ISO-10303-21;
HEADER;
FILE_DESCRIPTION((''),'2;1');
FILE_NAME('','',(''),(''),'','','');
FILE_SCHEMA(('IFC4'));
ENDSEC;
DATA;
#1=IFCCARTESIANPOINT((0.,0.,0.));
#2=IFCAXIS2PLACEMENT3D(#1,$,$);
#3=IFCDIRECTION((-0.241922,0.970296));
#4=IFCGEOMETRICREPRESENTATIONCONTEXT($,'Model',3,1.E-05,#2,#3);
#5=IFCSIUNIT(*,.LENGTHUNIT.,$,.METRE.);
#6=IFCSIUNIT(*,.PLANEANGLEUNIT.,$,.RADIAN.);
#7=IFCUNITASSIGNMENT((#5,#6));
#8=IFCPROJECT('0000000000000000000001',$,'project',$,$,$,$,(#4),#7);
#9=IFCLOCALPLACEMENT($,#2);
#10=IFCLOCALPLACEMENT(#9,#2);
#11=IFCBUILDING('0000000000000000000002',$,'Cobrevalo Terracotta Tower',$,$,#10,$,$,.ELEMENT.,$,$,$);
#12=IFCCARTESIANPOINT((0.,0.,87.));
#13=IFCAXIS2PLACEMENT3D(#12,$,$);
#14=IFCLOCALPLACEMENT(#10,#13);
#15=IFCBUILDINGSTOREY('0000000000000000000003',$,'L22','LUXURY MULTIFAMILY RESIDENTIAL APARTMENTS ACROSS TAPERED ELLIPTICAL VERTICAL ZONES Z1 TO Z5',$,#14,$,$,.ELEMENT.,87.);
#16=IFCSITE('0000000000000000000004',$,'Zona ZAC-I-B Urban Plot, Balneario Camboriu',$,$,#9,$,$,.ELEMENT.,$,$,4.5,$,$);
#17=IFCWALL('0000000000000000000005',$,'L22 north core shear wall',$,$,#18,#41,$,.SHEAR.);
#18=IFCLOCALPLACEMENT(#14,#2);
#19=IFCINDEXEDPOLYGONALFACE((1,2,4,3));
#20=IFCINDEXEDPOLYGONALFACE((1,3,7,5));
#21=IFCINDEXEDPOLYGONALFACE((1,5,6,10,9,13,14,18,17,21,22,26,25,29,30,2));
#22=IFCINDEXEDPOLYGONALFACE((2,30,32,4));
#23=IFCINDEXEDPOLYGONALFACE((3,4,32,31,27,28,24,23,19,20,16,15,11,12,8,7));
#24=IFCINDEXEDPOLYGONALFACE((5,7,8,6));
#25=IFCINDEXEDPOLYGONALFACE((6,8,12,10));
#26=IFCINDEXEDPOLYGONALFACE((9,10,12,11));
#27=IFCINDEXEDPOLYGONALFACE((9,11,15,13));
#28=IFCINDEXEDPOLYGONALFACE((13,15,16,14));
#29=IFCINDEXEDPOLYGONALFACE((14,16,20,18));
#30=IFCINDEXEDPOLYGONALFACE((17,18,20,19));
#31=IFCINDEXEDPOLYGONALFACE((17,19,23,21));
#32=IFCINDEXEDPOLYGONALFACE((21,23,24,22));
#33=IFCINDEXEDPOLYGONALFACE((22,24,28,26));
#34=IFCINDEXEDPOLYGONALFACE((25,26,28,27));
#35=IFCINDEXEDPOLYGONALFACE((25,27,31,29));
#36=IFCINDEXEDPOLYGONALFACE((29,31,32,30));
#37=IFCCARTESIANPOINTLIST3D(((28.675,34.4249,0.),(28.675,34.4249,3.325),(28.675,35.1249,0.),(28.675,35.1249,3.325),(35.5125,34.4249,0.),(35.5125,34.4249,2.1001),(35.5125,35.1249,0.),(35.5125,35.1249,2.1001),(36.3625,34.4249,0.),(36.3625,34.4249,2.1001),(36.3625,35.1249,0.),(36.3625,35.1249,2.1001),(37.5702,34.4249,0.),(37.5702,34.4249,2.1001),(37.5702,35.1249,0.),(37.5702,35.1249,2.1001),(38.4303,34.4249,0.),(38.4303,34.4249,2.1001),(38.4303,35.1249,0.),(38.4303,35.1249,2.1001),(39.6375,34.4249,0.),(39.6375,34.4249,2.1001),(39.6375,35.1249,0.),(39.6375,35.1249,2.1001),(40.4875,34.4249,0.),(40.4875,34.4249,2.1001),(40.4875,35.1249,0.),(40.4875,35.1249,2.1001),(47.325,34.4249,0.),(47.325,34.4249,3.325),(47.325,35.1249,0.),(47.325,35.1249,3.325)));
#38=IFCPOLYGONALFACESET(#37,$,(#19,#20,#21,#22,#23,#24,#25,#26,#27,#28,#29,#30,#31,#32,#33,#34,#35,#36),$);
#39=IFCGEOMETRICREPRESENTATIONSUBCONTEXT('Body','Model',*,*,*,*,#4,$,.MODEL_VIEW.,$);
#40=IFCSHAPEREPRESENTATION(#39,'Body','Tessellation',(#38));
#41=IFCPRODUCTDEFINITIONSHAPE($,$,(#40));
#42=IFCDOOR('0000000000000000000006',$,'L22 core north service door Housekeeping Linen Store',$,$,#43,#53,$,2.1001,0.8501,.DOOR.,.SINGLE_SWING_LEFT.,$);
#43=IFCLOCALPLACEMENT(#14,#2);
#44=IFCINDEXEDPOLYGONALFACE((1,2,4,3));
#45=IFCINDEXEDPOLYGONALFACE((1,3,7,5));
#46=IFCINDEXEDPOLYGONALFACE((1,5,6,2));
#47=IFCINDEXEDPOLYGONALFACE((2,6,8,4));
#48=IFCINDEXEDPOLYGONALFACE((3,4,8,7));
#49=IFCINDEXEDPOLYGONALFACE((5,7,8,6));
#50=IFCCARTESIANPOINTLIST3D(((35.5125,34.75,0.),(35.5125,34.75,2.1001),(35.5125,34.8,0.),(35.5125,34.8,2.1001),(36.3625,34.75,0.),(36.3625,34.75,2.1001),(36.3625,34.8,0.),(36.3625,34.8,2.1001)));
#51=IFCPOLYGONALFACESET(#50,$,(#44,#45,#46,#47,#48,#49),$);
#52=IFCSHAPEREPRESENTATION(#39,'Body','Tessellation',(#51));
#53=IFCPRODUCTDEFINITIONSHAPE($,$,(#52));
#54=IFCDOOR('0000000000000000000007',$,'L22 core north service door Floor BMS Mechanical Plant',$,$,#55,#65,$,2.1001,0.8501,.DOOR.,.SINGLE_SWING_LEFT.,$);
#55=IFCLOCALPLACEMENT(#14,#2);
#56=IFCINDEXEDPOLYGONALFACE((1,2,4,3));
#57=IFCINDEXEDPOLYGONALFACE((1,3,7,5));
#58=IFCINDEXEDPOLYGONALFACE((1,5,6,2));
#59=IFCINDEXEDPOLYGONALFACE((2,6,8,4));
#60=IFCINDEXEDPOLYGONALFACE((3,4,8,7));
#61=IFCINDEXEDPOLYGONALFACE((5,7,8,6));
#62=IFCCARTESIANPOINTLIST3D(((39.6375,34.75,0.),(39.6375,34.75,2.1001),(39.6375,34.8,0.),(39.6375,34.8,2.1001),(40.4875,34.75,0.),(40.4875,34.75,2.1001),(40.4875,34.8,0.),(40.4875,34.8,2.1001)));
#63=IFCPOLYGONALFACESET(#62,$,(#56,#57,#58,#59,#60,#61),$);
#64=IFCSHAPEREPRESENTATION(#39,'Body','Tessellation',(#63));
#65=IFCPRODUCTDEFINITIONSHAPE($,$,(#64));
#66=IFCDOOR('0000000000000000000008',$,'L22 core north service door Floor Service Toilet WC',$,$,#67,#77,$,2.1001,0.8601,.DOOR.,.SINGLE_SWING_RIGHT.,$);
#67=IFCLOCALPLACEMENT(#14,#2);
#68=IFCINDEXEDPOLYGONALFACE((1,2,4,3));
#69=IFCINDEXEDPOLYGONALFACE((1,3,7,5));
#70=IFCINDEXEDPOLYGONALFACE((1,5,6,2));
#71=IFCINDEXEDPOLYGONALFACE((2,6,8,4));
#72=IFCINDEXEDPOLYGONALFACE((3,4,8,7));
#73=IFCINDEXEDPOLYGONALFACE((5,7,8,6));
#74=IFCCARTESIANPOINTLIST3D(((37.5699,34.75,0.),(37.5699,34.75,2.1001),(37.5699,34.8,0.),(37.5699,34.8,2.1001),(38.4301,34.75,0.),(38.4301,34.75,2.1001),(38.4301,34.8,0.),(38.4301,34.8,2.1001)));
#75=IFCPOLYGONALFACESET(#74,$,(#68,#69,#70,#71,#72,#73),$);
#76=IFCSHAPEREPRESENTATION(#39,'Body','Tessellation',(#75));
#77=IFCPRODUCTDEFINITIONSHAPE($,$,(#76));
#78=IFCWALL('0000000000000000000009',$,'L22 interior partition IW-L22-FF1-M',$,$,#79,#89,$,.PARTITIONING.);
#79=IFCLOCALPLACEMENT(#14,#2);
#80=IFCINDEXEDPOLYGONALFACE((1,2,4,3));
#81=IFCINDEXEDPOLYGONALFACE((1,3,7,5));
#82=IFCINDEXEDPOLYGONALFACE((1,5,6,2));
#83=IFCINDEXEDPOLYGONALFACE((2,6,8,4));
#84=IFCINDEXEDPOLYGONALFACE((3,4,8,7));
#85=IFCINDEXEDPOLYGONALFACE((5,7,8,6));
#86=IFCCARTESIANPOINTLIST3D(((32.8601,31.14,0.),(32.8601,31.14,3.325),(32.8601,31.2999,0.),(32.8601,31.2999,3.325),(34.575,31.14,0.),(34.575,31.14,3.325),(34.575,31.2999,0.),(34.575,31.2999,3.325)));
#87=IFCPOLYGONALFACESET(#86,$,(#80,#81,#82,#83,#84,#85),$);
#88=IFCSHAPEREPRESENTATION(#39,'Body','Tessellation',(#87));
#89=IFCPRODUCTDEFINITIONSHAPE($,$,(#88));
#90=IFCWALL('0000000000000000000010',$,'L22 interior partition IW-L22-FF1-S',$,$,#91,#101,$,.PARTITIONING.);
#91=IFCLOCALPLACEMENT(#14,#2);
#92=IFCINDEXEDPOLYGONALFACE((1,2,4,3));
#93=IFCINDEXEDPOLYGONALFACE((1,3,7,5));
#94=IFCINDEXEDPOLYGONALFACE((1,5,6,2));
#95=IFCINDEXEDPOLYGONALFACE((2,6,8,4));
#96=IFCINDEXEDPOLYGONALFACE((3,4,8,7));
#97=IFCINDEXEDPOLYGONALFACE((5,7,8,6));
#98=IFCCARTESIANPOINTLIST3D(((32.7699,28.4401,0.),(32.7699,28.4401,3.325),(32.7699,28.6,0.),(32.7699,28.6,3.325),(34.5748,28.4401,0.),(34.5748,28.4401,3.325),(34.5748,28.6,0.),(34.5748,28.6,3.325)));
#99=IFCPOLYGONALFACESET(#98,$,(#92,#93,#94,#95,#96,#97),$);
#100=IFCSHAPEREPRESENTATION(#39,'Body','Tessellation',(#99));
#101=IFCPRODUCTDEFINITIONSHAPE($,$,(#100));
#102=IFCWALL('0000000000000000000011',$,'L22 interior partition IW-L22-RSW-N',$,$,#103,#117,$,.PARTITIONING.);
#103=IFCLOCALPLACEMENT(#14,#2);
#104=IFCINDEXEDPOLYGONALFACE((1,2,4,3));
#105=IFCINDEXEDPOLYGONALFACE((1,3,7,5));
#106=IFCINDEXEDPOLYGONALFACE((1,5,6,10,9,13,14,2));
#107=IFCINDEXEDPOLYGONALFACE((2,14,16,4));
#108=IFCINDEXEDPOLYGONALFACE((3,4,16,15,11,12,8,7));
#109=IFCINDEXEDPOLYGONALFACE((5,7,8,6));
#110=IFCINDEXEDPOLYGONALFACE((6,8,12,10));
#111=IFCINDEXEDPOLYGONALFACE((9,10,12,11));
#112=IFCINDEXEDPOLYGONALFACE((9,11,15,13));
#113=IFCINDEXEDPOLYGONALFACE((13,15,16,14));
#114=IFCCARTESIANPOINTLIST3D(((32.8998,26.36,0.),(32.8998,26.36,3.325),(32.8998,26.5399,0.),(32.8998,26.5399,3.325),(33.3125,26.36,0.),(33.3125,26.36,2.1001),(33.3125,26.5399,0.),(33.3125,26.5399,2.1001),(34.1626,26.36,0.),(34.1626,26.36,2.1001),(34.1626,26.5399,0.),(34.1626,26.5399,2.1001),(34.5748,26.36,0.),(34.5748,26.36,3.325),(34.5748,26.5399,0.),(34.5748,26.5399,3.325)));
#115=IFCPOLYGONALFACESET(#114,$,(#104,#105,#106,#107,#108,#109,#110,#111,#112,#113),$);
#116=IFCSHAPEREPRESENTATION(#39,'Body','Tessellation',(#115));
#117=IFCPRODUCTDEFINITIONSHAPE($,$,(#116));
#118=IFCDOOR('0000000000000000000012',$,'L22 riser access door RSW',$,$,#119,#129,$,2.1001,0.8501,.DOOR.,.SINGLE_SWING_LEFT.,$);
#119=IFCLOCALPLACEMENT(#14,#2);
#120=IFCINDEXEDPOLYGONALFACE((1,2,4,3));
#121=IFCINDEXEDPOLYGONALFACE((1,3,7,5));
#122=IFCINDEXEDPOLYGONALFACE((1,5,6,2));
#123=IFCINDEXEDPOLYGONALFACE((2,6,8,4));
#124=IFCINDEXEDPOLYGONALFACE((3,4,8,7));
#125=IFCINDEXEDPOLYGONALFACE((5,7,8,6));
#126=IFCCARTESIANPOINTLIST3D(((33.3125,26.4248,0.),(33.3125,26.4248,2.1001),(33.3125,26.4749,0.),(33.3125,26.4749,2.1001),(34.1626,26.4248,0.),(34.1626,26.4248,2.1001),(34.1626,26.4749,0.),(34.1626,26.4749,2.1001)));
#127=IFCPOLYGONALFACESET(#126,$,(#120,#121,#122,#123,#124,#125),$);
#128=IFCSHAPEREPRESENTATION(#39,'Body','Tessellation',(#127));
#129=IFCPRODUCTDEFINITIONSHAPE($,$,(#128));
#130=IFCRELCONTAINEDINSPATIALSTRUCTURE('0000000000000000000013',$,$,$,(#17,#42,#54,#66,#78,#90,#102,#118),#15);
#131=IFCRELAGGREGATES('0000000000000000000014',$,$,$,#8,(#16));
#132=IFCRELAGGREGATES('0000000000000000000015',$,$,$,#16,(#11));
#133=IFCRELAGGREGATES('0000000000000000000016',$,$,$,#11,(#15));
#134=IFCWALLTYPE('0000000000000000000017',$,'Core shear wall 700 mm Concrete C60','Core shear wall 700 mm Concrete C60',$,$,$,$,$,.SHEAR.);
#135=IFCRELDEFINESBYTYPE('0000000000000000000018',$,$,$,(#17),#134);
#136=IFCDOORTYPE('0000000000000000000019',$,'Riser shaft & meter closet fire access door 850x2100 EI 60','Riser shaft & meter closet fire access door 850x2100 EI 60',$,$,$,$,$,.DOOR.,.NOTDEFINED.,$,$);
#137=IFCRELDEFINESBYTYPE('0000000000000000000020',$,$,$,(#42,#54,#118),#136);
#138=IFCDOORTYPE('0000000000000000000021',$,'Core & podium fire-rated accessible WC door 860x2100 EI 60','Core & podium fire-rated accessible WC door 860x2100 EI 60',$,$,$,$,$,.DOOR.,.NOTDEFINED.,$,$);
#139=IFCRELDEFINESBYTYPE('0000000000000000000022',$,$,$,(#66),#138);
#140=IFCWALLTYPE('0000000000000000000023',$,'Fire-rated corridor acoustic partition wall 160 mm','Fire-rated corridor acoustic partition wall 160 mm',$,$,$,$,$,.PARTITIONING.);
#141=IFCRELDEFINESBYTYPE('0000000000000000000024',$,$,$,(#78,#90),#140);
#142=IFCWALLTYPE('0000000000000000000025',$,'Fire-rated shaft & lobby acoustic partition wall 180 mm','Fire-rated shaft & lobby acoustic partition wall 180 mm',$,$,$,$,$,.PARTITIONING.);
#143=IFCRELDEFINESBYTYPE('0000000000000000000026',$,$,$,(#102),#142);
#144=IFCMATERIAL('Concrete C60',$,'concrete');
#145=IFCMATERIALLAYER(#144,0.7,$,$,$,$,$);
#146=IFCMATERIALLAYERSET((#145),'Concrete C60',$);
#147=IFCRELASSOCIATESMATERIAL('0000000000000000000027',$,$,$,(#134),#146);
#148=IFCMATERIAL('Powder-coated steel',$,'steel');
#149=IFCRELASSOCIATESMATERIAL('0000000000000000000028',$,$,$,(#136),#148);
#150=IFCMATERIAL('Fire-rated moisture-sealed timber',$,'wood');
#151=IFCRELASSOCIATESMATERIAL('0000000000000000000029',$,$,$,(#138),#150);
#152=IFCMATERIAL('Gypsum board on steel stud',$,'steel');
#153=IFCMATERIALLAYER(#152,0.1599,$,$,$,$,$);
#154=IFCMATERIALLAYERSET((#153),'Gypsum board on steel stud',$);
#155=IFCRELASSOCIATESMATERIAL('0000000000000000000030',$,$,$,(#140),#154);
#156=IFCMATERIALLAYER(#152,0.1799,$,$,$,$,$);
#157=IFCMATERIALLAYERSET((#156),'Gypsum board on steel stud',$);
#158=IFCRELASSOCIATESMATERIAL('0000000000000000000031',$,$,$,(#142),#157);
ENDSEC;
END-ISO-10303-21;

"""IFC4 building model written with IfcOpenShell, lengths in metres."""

from ifc_helpers import new_model, si_unit, direction, frame, frame_2d, origin, place, context, subcontext, project, spatial, rectangle, extrude, source, transform, mapped, material, layer, layer_set, type_object, element, fill, save


model = new_model("IFC4")

# Units and contexts
model_context = context("Model", 3, precision=1e-05, world=origin(), true_north=direction((-0.241922, 0.970296)))
body_context = subcontext(model_context, "Body", "Model", "MODEL_VIEW")
ifc_project = project(units=[si_unit("LENGTHUNIT", "METRE"), si_unit("PLANEANGLEUNIT", "RADIAN")], contexts=[model_context])

# Site, building, storey
site_placement = place(None, origin())
site = spatial("IfcSite", under=ifc_project, at=site_placement, Name="Zona ZAC-I-B Urban Plot, Balneario Camboriu", CompositionType="ELEMENT", RefElevation=4.5)
building_placement = place(site_placement, origin())
building = spatial("IfcBuilding", under=site, at=building_placement, Name="Cobrevalo Terracotta Tower", CompositionType="ELEMENT")
storey_placement = place(building_placement, frame((0.0, 0.0, 87.0)))
storey = spatial("IfcBuildingStorey", under=building, at=storey_placement, Name="L22", Description="LUXURY MULTIFAMILY RESIDENTIAL APARTMENTS ACROSS TAPERED ELLIPTICAL VERTICAL ZONES Z1 TO Z5", CompositionType="ELEMENT", Elevation=87.0)

# Wall, openings, doors
ifc_material_1 = material(Name="Concrete C60", Category="concrete")
ifc_layer_1 = layer(ifc_material_1, 0.7)
ifc_layer_set_1 = layer_set([ifc_layer_1], Name="Concrete C60")
wall_type_1 = type_object("IfcWallType", Name="Core shear wall 700 mm Concrete C60", Description="Core shear wall 700 mm Concrete C60", PredefinedType="SHEAR", material=ifc_layer_set_1)
wall_1_placement = place(storey_placement, frame((28.675, 34.7749, 0.0), z_axis=(0.0, 0.0, 1.0), x_axis=(1.0, 0.0, 0.0)))
wall_1 = element("IfcWall", 1, at=wall_1_placement, inside=storey, type_object=wall_type_1, Name="L22 north core shear wall", PredefinedType="SHEAR", context=body_context, shape_type="SweptSolid", body=[
    extrude(rectangle(XDim=18.6499, YDim=0.7, at=frame_2d((9.325, 0.0))), origin(), (0.0, 0.0, 1.0), 3.325),
])
opening_1_placement = place(wall_1_placement, frame((6.8374, 0.0, 0.0)))
opening_1 = element("IfcOpeningElement", 2, at=opening_1_placement, cuts=wall_1, PredefinedType="OPENING", context=body_context, shape_type="SweptSolid", body=[
    extrude(rectangle(XDim=0.8501, YDim=2.1001, at=frame_2d((0.425, 1.05))), frame((0.0, 0.3599, 0.0), z_axis=(0.0, -1.0, 0.0), x_axis=(1.0, 0.0, 0.0)), (0.0, 0.0, 1.0), 0.72),
])
opening_2_placement = place(wall_1_placement, frame((8.895, 0.0, 0.0)))
opening_2 = element("IfcOpeningElement", 3, at=opening_2_placement, cuts=wall_1, PredefinedType="OPENING", context=body_context, shape_type="SweptSolid", body=[
    extrude(rectangle(XDim=0.8601, YDim=2.1001, at=frame_2d((0.4302, 1.05))), frame((0.0, 0.3599, 0.0), z_axis=(0.0, -1.0, 0.0), x_axis=(1.0, 0.0, 0.0)), (0.0, 0.0, 1.0), 0.72),
])
opening_3_placement = place(wall_1_placement, frame((10.9624, 0.0, 0.0)))
opening_3 = element("IfcOpeningElement", 4, at=opening_3_placement, cuts=wall_1, PredefinedType="OPENING", context=body_context, shape_type="SweptSolid", body=[
    extrude(rectangle(XDim=0.8501, YDim=2.1001, at=frame_2d((0.425, 1.05))), frame((0.0, 0.3599, 0.0), z_axis=(0.0, -1.0, 0.0), x_axis=(1.0, 0.0, 0.0)), (0.0, 0.0, 1.0), 0.72),
])
ifc_material_2 = material(Name="Powder-coated steel", Category="steel")
door_type_1 = type_object("IfcDoorType", Name="Riser shaft & meter closet fire access door 850x2100 EI 60", Description="Riser shaft & meter closet fire access door 850x2100 EI 60", OperationType="NOTDEFINED", PredefinedType="DOOR", material=ifc_material_2)
shared_shape_1 = source(origin(), body_context, "Body", "SweptSolid", [
    extrude(rectangle(XDim=0.8501, YDim=2.1001, at=frame_2d((0.425, 1.05))), frame((0.0, 0.0249, 0.0), z_axis=(0.0, -1.0, 0.0), x_axis=(1.0, 0.0, 0.0)), (0.0, 0.0, 1.0), 0.05),
])
door_1_placement = place(opening_1_placement, frame((0.8501, 0.0, 0.0), z_axis=(0.0, 0.0, 1.0), x_axis=(-1.0, 0.0, 0.0)))
door_1 = element("IfcDoor", 5, at=door_1_placement, inside=storey, type_object=door_type_1, Name="L22 core north service door Housekeeping Linen Store", OperationType="SINGLE_SWING_LEFT", OverallHeight=2.1001, OverallWidth=0.8501, PredefinedType="DOOR", context=body_context, shape_type="MappedRepresentation", body=[
    mapped(shared_shape_1, transform((0.0, 0.0, 0.0), scale=1.0)),
])
fill(opening_1, door_1)
door_2_placement = place(opening_3_placement, frame((0.8501, 0.0, 0.0), z_axis=(0.0, 0.0, 1.0), x_axis=(-1.0, 0.0, 0.0)))
door_2 = element("IfcDoor", 6, at=door_2_placement, inside=storey, type_object=door_type_1, Name="L22 core north service door Floor BMS Mechanical Plant", OperationType="SINGLE_SWING_LEFT", OverallHeight=2.1001, OverallWidth=0.8501, PredefinedType="DOOR", context=body_context, shape_type="MappedRepresentation", body=[
    mapped(shared_shape_1, transform((0.0, 0.0, 0.0), scale=1.0)),
])
fill(opening_3, door_2)
ifc_material_3 = material(Name="Fire-rated moisture-sealed timber", Category="wood")
door_type_2 = type_object("IfcDoorType", Name="Core & podium fire-rated accessible WC door 860x2100 EI 60", Description="Core & podium fire-rated accessible WC door 860x2100 EI 60", OperationType="NOTDEFINED", PredefinedType="DOOR", material=ifc_material_3)
shared_shape_2 = source(origin(), body_context, "Body", "SweptSolid", [
    extrude(rectangle(XDim=0.8601, YDim=2.1001, at=frame_2d((0.4302, 1.05))), frame((0.0, 0.0249, 0.0), z_axis=(0.0, -1.0, 0.0), x_axis=(1.0, 0.0, 0.0)), (0.0, 0.0, 1.0), 0.05),
])
door_3_placement = place(opening_2_placement, frame((0.8601, 0.0, 0.0), z_axis=(0.0, 0.0, 1.0), x_axis=(-1.0, 0.0, 0.0)))
door_3 = element("IfcDoor", 7, at=door_3_placement, inside=storey, type_object=door_type_2, Name="L22 core north service door Floor Service Toilet WC", OperationType="SINGLE_SWING_RIGHT", OverallHeight=2.1001, OverallWidth=0.8601, PredefinedType="DOOR", context=body_context, shape_type="MappedRepresentation", body=[
    mapped(shared_shape_2, transform((0.0, 0.0, 0.0), scale=1.0)),
])
fill(opening_2, door_3)

# Walls
ifc_material_4 = material(Name="Gypsum board on steel stud", Category="steel")
ifc_layer_2 = layer(ifc_material_4, 0.1599)
ifc_layer_set_2 = layer_set([ifc_layer_2], Name="Gypsum board on steel stud")
wall_type_2 = type_object("IfcWallType", Name="Fire-rated corridor acoustic partition wall 160 mm", Description="Fire-rated corridor acoustic partition wall 160 mm", PredefinedType="PARTITIONING", material=ifc_layer_set_2)
wall_2_placement = place(storey_placement, frame((32.8601, 31.22, 0.0), z_axis=(0.0, 0.0, 1.0), x_axis=(1.0, 0.0, 0.0)))
element("IfcWall", 8, at=wall_2_placement, inside=storey, type_object=wall_type_2, Name="L22 interior partition IW-L22-FF1-M", PredefinedType="PARTITIONING", context=body_context, shape_type="SweptSolid", body=[
    extrude(rectangle(XDim=1.7148, YDim=0.1599, at=frame_2d((0.8574, 0.0))), origin(), (0.0, 0.0, 1.0), 3.325),
])
wall_3_placement = place(storey_placement, frame((32.77, 28.52, 0.0), z_axis=(0.0, 0.0, 1.0), x_axis=(1.0, 0.0, 0.0)))
element("IfcWall", 9, at=wall_3_placement, inside=storey, type_object=wall_type_2, Name="L22 interior partition IW-L22-FF1-S", PredefinedType="PARTITIONING", context=body_context, shape_type="SweptSolid", body=[
    extrude(rectangle(XDim=1.8049, YDim=0.1599, at=frame_2d((0.9023, 0.0))), origin(), (0.0, 0.0, 1.0), 3.325),
])

# Wall, opening, door
ifc_layer_3 = layer(ifc_material_4, 0.1799)
ifc_layer_set_3 = layer_set([ifc_layer_3], Name="Gypsum board on steel stud")
wall_type_3 = type_object("IfcWallType", Name="Fire-rated shaft & lobby acoustic partition wall 180 mm", Description="Fire-rated shaft & lobby acoustic partition wall 180 mm", PredefinedType="PARTITIONING", material=ifc_layer_set_3)
wall_4_placement = place(storey_placement, frame((32.8999, 26.45, 0.0), z_axis=(0.0, 0.0, 1.0), x_axis=(1.0, 0.0, 0.0)))
wall_4 = element("IfcWall", 10, at=wall_4_placement, inside=storey, type_object=wall_type_3, Name="L22 interior partition IW-L22-RSW-N", PredefinedType="PARTITIONING", context=body_context, shape_type="SweptSolid", body=[
    extrude(rectangle(XDim=1.675, YDim=0.1799, at=frame_2d((0.8374, 0.0))), origin(), (0.0, 0.0, 1.0), 3.325),
])
opening_4_placement = place(wall_4_placement, frame((0.4126, 0.0, 0.0)))
opening_4 = element("IfcOpeningElement", 11, at=opening_4_placement, cuts=wall_4, PredefinedType="OPENING", context=body_context, shape_type="SweptSolid", body=[
    extrude(rectangle(XDim=0.8501, YDim=2.1001, at=frame_2d((0.425, 1.05))), frame((0.0, 0.1001, 0.0), z_axis=(0.0, -1.0, 0.0), x_axis=(1.0, 0.0, 0.0)), (0.0, 0.0, 1.0), 0.2),
])
door_4_placement = place(opening_4_placement, origin())
door_4 = element("IfcDoor", 12, at=door_4_placement, inside=storey, type_object=door_type_1, Name="L22 riser access door RSW", OperationType="SINGLE_SWING_LEFT", OverallHeight=2.1001, OverallWidth=0.8501, PredefinedType="DOOR", context=body_context, shape_type="MappedRepresentation", body=[
    mapped(shared_shape_1, transform((0.0, 0.0, 0.0), scale=1.0)),
])
fill(opening_4, door_4)

save(model, "model.ifc")
